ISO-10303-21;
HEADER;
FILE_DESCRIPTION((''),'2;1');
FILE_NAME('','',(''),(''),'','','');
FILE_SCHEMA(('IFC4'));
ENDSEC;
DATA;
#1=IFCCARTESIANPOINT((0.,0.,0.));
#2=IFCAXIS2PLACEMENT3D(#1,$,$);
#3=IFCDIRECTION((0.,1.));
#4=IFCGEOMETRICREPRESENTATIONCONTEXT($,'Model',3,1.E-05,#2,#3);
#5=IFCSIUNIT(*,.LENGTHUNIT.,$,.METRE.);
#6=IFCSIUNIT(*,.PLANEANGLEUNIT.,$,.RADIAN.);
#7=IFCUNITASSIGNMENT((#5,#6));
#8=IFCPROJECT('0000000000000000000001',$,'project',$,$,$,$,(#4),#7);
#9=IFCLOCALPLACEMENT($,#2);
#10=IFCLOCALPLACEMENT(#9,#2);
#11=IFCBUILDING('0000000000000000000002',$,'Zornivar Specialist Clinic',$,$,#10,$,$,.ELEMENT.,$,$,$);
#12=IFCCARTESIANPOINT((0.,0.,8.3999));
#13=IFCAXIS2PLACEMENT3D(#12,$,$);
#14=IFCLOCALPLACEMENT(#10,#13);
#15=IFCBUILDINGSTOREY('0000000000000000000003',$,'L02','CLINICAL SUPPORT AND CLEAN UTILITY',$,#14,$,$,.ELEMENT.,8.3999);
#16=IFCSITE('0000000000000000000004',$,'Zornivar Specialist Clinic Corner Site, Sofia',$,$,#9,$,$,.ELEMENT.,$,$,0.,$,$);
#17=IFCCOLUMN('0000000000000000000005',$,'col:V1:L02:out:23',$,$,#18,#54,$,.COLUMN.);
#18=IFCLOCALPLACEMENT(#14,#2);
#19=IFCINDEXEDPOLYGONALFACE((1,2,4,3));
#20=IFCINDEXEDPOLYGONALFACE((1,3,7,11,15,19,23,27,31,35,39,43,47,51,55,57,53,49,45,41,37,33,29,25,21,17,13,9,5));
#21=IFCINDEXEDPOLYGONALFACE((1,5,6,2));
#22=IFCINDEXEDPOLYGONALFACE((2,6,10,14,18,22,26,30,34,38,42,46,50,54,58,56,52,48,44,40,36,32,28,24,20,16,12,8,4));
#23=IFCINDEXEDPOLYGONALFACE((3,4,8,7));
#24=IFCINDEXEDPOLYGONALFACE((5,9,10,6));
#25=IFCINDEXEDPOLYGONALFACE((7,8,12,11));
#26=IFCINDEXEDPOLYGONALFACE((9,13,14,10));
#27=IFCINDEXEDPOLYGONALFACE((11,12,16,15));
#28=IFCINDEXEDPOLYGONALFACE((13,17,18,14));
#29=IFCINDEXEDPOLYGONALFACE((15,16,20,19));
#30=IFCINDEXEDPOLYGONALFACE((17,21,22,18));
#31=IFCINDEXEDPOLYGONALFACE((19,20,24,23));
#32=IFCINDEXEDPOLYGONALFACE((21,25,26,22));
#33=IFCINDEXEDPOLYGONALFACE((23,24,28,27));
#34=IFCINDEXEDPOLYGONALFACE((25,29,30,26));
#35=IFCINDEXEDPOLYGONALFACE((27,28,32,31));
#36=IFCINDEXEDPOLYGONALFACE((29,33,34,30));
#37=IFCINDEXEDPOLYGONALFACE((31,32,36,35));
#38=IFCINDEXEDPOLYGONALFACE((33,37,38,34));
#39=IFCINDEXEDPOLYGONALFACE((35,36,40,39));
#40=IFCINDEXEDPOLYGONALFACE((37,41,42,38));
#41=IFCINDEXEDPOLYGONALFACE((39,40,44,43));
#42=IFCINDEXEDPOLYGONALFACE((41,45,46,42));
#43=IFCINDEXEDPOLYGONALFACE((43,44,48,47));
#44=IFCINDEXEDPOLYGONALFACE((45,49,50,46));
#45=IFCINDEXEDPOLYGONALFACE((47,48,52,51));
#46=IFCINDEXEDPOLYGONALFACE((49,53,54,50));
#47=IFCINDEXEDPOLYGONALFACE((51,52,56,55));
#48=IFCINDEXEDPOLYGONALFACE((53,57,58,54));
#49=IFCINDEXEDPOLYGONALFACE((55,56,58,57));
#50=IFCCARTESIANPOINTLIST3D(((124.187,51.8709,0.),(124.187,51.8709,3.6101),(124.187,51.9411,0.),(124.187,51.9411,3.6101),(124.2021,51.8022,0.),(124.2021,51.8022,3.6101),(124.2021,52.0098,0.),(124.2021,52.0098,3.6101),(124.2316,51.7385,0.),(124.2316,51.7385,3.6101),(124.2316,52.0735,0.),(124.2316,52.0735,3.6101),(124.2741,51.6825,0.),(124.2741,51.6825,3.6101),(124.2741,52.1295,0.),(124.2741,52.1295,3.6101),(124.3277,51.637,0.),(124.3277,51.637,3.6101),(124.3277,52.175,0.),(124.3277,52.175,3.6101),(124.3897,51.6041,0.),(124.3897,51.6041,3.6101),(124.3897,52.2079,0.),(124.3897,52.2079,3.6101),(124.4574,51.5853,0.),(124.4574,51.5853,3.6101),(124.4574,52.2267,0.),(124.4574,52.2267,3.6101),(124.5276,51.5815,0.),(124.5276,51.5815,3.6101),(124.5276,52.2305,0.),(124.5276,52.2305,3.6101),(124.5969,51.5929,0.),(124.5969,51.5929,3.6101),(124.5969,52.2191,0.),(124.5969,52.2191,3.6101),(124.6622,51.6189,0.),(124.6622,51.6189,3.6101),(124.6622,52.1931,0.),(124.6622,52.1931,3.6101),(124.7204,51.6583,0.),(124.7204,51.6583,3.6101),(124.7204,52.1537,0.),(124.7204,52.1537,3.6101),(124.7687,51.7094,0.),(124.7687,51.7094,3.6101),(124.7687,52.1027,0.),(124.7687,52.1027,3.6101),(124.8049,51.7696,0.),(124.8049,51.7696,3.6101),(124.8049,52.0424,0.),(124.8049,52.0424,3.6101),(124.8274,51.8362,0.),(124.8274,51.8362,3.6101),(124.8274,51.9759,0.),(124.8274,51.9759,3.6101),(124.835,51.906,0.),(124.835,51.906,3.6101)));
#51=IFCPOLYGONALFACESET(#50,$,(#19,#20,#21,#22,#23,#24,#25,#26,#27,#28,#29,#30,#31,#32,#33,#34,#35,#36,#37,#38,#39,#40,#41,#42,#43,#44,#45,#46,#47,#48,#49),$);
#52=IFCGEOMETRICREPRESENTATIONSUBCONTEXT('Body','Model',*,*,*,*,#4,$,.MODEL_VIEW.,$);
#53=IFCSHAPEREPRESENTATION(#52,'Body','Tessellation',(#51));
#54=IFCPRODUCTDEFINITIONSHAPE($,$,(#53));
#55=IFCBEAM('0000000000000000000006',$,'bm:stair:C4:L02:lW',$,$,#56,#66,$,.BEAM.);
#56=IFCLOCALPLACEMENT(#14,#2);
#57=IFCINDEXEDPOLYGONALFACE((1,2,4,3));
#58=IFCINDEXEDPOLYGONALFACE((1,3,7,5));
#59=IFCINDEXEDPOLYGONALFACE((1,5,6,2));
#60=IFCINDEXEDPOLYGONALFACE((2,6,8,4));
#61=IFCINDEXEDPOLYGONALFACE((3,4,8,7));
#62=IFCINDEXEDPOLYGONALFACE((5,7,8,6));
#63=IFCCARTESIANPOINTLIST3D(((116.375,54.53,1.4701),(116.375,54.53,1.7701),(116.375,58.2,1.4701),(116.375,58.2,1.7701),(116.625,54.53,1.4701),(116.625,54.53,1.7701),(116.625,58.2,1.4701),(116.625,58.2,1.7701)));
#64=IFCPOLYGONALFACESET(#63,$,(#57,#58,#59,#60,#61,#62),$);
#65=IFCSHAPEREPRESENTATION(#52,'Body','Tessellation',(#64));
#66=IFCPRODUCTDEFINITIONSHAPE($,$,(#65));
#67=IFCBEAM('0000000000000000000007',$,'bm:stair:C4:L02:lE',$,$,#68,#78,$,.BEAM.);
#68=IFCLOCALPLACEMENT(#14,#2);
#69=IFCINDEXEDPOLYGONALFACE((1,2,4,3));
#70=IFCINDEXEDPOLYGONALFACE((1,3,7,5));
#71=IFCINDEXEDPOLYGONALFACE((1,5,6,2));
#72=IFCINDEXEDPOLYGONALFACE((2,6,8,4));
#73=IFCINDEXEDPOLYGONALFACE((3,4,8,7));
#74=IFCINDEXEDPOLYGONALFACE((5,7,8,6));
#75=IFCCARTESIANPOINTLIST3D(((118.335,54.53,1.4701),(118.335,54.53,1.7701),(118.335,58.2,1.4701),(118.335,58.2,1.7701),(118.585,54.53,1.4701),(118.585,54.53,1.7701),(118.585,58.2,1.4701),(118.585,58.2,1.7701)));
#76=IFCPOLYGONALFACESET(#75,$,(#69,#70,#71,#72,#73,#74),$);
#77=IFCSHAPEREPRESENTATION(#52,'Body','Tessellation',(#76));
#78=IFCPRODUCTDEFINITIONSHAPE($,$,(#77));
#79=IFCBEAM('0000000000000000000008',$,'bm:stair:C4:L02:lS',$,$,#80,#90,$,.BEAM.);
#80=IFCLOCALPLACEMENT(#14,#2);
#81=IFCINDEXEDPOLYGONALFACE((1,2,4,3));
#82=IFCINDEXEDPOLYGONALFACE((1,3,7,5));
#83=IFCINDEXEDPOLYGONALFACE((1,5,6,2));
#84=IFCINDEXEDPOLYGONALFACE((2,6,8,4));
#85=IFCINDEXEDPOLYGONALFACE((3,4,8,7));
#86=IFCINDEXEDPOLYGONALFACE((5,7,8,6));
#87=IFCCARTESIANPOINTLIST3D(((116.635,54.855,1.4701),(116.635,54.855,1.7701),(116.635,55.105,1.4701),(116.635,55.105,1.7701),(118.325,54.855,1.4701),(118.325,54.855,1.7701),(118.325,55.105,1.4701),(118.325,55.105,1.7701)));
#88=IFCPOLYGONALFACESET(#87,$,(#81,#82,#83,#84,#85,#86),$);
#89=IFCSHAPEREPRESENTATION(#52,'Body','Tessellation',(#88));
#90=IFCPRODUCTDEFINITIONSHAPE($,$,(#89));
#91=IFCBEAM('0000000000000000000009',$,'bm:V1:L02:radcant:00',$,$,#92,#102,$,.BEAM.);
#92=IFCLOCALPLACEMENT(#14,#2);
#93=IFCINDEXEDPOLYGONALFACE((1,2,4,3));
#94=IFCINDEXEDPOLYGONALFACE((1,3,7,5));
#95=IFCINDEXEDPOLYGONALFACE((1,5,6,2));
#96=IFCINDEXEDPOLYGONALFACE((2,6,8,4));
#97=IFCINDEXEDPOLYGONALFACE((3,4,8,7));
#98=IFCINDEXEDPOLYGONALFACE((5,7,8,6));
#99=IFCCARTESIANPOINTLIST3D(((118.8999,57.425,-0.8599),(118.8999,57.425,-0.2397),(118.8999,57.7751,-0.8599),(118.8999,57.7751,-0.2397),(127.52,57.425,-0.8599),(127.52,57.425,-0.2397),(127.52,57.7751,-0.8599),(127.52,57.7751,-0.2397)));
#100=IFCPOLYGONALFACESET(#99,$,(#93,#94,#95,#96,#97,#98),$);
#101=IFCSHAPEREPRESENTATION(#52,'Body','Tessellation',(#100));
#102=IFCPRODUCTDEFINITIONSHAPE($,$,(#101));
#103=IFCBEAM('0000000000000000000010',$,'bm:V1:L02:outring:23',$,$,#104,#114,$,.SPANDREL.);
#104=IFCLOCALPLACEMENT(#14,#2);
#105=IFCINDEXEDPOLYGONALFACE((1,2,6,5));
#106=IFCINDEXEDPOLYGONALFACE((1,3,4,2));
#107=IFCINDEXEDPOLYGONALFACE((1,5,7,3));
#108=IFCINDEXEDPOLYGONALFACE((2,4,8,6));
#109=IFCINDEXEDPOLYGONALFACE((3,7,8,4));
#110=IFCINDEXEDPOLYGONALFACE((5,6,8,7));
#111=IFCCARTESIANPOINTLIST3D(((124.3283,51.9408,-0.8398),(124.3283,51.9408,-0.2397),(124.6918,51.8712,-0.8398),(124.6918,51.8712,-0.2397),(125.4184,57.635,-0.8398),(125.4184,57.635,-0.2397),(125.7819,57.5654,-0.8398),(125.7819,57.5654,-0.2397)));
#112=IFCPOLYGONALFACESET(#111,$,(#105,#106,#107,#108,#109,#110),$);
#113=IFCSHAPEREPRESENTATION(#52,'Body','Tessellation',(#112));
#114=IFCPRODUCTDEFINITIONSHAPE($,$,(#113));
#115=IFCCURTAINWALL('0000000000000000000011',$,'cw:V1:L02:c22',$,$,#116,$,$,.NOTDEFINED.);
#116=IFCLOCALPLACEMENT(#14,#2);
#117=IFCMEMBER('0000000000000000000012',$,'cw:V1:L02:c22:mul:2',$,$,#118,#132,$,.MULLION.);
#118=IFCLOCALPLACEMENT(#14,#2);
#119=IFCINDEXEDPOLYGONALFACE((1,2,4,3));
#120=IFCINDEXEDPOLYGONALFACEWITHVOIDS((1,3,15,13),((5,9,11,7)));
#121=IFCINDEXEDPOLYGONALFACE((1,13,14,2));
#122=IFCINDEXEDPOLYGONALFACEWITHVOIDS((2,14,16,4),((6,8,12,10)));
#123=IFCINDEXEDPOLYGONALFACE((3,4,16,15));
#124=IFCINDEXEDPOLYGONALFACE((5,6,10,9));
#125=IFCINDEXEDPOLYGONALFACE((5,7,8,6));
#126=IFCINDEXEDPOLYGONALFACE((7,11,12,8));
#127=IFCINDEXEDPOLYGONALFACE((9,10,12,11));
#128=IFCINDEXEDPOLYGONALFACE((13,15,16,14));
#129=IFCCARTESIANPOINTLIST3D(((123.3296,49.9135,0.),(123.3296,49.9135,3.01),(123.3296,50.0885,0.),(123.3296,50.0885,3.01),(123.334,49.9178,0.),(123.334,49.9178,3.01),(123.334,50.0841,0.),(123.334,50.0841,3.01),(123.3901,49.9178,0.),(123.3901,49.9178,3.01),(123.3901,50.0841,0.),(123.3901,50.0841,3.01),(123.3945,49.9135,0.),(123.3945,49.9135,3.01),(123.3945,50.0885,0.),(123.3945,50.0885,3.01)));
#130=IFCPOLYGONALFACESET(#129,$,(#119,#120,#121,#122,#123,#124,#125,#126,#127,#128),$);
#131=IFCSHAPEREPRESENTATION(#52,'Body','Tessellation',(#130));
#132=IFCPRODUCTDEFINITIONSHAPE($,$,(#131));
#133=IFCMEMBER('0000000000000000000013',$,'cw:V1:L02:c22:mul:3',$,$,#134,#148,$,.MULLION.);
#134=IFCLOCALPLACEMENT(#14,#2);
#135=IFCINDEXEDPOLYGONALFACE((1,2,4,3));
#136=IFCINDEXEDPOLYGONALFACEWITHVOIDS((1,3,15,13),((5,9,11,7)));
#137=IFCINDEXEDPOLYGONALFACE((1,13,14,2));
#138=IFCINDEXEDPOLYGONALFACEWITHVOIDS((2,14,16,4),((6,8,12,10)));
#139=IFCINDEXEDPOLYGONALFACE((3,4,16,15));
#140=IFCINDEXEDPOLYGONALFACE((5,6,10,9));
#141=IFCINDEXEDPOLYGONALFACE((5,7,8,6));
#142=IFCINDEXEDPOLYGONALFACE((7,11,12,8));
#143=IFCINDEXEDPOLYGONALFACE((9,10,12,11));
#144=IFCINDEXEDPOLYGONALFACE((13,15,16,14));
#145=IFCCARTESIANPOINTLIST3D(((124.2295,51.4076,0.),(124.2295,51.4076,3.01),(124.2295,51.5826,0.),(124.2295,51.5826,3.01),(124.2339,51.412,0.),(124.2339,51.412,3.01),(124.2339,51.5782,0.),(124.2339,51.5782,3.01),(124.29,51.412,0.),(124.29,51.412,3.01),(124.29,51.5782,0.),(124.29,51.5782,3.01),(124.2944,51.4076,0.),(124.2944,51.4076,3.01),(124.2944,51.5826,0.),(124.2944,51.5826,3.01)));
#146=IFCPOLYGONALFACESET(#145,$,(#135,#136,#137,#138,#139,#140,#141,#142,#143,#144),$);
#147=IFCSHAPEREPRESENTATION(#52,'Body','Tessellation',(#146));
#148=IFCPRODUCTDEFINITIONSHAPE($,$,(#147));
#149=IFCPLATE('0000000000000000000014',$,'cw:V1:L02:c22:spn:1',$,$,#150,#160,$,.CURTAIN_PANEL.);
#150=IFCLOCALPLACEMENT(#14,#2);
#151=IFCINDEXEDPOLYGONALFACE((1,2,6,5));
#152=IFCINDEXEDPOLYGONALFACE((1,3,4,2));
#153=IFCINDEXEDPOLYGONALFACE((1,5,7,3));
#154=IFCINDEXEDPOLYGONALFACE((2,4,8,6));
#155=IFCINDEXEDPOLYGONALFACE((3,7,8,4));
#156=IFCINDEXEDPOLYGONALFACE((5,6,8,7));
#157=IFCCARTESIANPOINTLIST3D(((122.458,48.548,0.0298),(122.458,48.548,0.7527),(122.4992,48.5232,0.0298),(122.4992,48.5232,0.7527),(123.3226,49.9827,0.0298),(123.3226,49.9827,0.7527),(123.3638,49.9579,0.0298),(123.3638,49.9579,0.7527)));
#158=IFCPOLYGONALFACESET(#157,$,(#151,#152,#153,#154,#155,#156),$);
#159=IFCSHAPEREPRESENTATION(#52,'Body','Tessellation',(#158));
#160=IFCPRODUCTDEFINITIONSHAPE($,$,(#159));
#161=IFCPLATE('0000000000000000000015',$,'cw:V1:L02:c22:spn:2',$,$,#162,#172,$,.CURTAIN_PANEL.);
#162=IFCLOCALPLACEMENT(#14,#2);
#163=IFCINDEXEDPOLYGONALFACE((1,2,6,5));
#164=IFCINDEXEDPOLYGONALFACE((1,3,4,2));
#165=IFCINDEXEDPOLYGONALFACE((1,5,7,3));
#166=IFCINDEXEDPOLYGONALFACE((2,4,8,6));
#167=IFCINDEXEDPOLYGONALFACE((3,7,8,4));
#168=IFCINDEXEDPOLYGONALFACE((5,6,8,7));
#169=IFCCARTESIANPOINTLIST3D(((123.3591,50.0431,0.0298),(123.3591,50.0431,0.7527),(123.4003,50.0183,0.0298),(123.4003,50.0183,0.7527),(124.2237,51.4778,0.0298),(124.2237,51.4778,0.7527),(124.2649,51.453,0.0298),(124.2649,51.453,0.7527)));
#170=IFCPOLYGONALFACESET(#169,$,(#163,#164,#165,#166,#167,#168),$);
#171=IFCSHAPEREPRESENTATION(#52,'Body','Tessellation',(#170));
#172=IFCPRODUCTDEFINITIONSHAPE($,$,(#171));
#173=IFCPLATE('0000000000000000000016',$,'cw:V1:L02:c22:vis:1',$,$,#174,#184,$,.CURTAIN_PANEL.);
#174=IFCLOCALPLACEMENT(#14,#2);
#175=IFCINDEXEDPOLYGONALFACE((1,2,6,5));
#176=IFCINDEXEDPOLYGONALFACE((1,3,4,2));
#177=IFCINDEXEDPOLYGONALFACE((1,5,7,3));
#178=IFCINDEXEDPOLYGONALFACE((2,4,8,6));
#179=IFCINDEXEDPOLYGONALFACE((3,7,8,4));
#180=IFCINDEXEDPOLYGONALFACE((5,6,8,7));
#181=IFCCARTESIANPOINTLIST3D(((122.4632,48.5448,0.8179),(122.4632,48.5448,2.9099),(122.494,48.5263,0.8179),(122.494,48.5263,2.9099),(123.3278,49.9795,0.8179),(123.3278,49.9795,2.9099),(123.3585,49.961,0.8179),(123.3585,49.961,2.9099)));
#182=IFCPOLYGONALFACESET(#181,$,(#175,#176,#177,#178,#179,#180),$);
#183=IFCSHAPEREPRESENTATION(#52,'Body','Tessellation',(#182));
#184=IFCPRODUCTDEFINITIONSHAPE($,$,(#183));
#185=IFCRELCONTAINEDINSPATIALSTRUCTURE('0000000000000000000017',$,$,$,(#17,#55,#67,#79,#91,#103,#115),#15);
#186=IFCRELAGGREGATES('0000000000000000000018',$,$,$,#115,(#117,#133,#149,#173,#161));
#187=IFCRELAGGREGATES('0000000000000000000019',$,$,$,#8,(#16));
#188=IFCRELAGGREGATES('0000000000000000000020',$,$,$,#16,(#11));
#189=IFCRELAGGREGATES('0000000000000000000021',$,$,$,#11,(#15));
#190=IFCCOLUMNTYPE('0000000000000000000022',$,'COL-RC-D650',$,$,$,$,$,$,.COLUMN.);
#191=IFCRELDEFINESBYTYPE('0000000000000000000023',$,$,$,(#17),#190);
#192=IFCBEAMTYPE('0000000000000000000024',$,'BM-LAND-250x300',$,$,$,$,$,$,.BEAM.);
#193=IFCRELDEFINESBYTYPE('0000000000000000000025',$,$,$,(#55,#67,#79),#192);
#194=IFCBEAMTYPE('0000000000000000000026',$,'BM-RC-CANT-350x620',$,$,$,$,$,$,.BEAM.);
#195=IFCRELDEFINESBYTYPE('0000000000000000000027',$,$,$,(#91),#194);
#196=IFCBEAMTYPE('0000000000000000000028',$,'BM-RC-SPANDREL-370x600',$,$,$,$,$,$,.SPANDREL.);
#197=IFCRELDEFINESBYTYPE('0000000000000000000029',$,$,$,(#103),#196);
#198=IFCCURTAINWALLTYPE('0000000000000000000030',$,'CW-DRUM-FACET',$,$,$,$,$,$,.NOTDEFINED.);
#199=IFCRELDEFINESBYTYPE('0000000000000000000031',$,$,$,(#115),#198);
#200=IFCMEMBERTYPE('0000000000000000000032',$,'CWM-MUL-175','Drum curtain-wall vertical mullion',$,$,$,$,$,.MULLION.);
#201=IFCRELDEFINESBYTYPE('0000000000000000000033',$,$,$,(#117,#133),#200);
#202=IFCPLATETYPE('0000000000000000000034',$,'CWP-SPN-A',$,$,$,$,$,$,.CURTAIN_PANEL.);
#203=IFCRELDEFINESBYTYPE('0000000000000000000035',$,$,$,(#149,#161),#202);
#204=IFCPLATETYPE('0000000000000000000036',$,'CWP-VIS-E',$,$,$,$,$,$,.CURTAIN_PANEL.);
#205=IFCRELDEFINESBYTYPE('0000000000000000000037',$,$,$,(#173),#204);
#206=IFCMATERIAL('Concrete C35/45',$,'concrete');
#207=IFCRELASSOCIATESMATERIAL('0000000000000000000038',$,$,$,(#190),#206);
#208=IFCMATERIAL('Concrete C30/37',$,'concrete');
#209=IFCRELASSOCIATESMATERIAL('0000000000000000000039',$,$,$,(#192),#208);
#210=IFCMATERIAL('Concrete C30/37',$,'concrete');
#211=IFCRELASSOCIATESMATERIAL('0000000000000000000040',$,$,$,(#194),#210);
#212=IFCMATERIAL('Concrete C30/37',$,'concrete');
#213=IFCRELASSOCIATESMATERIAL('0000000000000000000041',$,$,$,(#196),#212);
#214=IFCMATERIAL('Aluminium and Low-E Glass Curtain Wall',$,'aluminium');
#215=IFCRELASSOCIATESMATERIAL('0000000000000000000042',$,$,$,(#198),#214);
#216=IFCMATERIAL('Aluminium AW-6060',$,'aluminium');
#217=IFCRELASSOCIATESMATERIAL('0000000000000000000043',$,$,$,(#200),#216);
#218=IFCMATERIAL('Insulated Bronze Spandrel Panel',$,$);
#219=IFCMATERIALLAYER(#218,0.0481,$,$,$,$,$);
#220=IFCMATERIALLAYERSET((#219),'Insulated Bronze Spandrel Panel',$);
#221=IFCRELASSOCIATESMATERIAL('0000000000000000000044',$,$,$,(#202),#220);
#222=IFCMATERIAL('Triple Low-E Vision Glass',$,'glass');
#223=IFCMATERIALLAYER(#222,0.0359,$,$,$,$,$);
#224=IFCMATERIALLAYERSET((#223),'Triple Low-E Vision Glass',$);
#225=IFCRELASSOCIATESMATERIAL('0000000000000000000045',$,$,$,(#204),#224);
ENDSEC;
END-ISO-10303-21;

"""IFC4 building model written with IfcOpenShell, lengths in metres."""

from ifc_helpers import new_model, si_unit, direction, frame, origin, origin_2d, place, context, subcontext, project, spatial, rectangle, hollow_rectangle, circle, extrude, material, layer, layer_set, material_profile, profile_set, type_object, element, aggregate, save


model = new_model("IFC4")

# Units and contexts
model_context = context("Model", 3, precision=1e-05, world=origin(), true_north=direction((0.0, 1.0)))
body_context = subcontext(model_context, "Body", "Model", "MODEL_VIEW")
ifc_project = project(units=[si_unit("LENGTHUNIT", "METRE"), si_unit("PLANEANGLEUNIT", "RADIAN")], contexts=[model_context])

# Site, building, storey
site_placement = place(None, origin())
site = spatial("IfcSite", under=ifc_project, at=site_placement, Name="Zornivar Specialist Clinic Corner Site, Sofia", CompositionType="ELEMENT", RefElevation=0.0)
building_placement = place(site_placement, origin())
building = spatial("IfcBuilding", under=site, at=building_placement, Name="Zornivar Specialist Clinic", CompositionType="ELEMENT")
storey_placement = place(building_placement, frame((0.0, 0.0, 8.3999)))
storey = spatial("IfcBuildingStorey", under=building, at=storey_placement, Name="L02", Description="CLINICAL SUPPORT AND CLEAN UTILITY", CompositionType="ELEMENT", Elevation=8.3999)

# Column
ifc_material_1 = material(Name="Concrete C35/45", Category="concrete")
ifc_material_profile_1 = material_profile(ifc_material_1, circle(Radius=0.325, at=origin_2d()), Name="RC D650")
ifc_profile_set_1 = profile_set([ifc_material_profile_1], Name="Concrete C35/45")
column_type = type_object("IfcColumnType", Name="COL-RC-D650", PredefinedType="COLUMN", material=ifc_profile_set_1)
column_placement = place(storey_placement, frame((124.51, 51.906, 0.0), z_axis=(0.0, 0.0, 1.0), x_axis=(1.0, 0.0, 0.0)))
element("IfcColumn", 1, at=column_placement, inside=storey, type_object=column_type, Name="col:V1:L02:out:23", PredefinedType="COLUMN", context=body_context, shape_type="SweptSolid", body=[
    extrude(circle(Radius=0.325, at=origin_2d()), origin(), (0.0, 0.0, 1.0), 3.6101),
])

# Beams
ifc_material_2 = material(Name="Concrete C30/37", Category="concrete")
ifc_material_profile_2 = material_profile(ifc_material_2, rectangle(XDim=0.25, YDim=0.3, at=origin_2d()), Name="RC 250x300")
ifc_profile_set_2 = profile_set([ifc_material_profile_2], Name="Concrete C30/37")
beam_type_1 = type_object("IfcBeamType", Name="BM-LAND-250x300", PredefinedType="BEAM", material=ifc_profile_set_2)
for number, where, z_axis, x_axis, name in (
    (2, (116.5, 54.53, 1.6201), (0.0, 1.0, 0.0), (-1.0, 0.0, 0.0), "bm:stair:C4:L02:lW"),
    (3, (118.46, 54.53, 1.6201), (0.0, 1.0, 0.0), (-1.0, 0.0, 0.0), "bm:stair:C4:L02:lE"),
):
    element("IfcBeam", number, at=place(storey_placement, frame(where, z_axis=z_axis, x_axis=x_axis)), inside=storey, type_object=beam_type_1, Name=name, PredefinedType="BEAM", context=body_context, shape_type="SweptSolid", body=[
        extrude(rectangle(XDim=0.25, YDim=0.3, at=origin_2d()), origin(), (0.0, 0.0, 1.0), 3.6699),
    ])
beam_1_placement = place(storey_placement, frame((116.635, 54.98, 1.6201), z_axis=(1.0, 0.0, 0.0), x_axis=(0.0, 1.0, 0.0)))
element("IfcBeam", 4, at=beam_1_placement, inside=storey, type_object=beam_type_1, Name="bm:stair:C4:L02:lS", PredefinedType="BEAM", context=body_context, shape_type="SweptSolid", body=[
    extrude(rectangle(XDim=0.25, YDim=0.3, at=origin_2d()), origin(), (0.0, 0.0, 1.0), 1.6899),
])
ifc_material_3 = material(Name="Concrete C30/37", Category="concrete")
ifc_material_profile_3 = material_profile(ifc_material_3, rectangle(XDim=0.3501, YDim=0.6201, at=origin_2d()), Name="RC 350x620")
ifc_profile_set_3 = profile_set([ifc_material_profile_3], Name="Concrete C30/37")
beam_type_2 = type_object("IfcBeamType", Name="BM-RC-CANT-350x620", PredefinedType="BEAM", material=ifc_profile_set_3)
beam_2_placement = place(storey_placement, frame((118.8999, 57.6001, -0.5498), z_axis=(1.0, 0.0, 0.0), x_axis=(0.0, 1.0, 0.0)))
element("IfcBeam", 5, at=beam_2_placement, inside=storey, type_object=beam_type_2, Name="bm:V1:L02:radcant:00", PredefinedType="BEAM", context=body_context, shape_type="SweptSolid", body=[
    extrude(rectangle(XDim=0.3501, YDim=0.6201, at=origin_2d()), origin(), (0.0, 0.0, 1.0), 8.6201),
])
ifc_material_4 = material(Name="Concrete C30/37", Category="concrete")
ifc_material_profile_4 = material_profile(ifc_material_4, rectangle(XDim=0.3701, YDim=0.6001, at=origin_2d()), Name="RC 370x600")
ifc_profile_set_4 = profile_set([ifc_material_profile_4], Name="Concrete C30/37")
beam_type_3 = type_object("IfcBeamType", Name="BM-RC-SPANDREL-370x600", PredefinedType="SPANDREL", material=ifc_profile_set_4)
beam_3_placement = place(storey_placement, frame((124.51, 51.906, -0.5398), z_axis=(0.188027, 0.982164, 0.0), x_axis=(-0.982164, 0.188027, 0.0)))
element("IfcBeam", 6, at=beam_3_placement, inside=storey, type_object=beam_type_3, Name="bm:V1:L02:outring:23", PredefinedType="SPANDREL", context=body_context, shape_type="SweptSolid", body=[
    extrude(rectangle(XDim=0.3701, YDim=0.6001, at=origin_2d()), origin(), (0.0, 0.0, 1.0), 5.7976),
])

# Curtain wall, members, plates
ifc_material_5 = material(Name="Aluminium and Low-E Glass Curtain Wall", Category="aluminium")
curtain_wall_type = type_object("IfcCurtainWallType", Name="CW-DRUM-FACET", PredefinedType="NOTDEFINED", material=ifc_material_5)
curtain_wall_placement = place(storey_placement, origin())
curtain_wall = element("IfcCurtainWall", 7, at=curtain_wall_placement, inside=storey, type_object=curtain_wall_type, Name="cw:V1:L02:c22", PredefinedType="NOTDEFINED")
ifc_material_6 = material(Name="Aluminium AW-6060", Category="aluminium")
ifc_material_profile_5 = material_profile(ifc_material_6, hollow_rectangle(XDim=0.0649, YDim=0.175, WallThickness=0.0044, at=origin_2d()), Name="ALU 65x175x4.5")
ifc_profile_set_5 = profile_set([ifc_material_profile_5], Name="Aluminium AW-6060")
member_type = type_object("IfcMemberType", Name="CWM-MUL-175", Description="Drum curtain-wall vertical mullion", PredefinedType="MULLION", material=ifc_profile_set_5)
member_1_placement = place(storey_placement, frame((123.3621, 50.001, 0.0), z_axis=(0.0, 0.0, 1.0), x_axis=(1.0, 0.0, 0.0)))
member_1 = element("IfcMember", 8, at=member_1_placement, type_object=member_type, Name="cw:V1:L02:c22:mul:2", PredefinedType="MULLION", context=body_context, shape_type="SweptSolid", body=[
    extrude(hollow_rectangle(XDim=0.0649, YDim=0.175, WallThickness=0.0044, at=origin_2d()), origin(), (0.0, 0.0, 1.0), 3.01),
])
member_2_placement = place(storey_placement, frame((124.262, 51.4951, 0.0), z_axis=(0.0, 0.0, 1.0), x_axis=(1.0, 0.0, 0.0)))
member_2 = element("IfcMember", 9, at=member_2_placement, type_object=member_type, Name="cw:V1:L02:c22:mul:3", PredefinedType="MULLION", context=body_context, shape_type="SweptSolid", body=[
    extrude(hollow_rectangle(XDim=0.0649, YDim=0.175, WallThickness=0.0044, at=origin_2d()), origin(), (0.0, 0.0, 1.0), 3.01),
])
ifc_material_7 = material(Name="Insulated Bronze Spandrel Panel")
ifc_layer_1 = layer(ifc_material_7, 0.0481)
ifc_layer_set_1 = layer_set([ifc_layer_1], Name="Insulated Bronze Spandrel Panel")
plate_type_1 = type_object("IfcPlateType", Name="CWP-SPN-A", PredefinedType="CURTAIN_PANEL", material=ifc_layer_set_1)
plate_1_placement = place(storey_placement, frame((122.9109, 49.2529, 0.0298), z_axis=(0.0, 0.0, 1.0), x_axis=(0.516127, 0.856512, 0.0)))
plate_1 = element("IfcPlate", 10, at=plate_1_placement, type_object=plate_type_1, Name="cw:V1:L02:c22:spn:1", PredefinedType="CURTAIN_PANEL", context=body_context, shape_type="SweptSolid", body=[
    extrude(rectangle(XDim=1.675, YDim=0.0481, at=origin_2d()), origin(), (0.0, 0.0, 1.0), 0.7229),
])
plate_2_placement = place(storey_placement, frame((123.812, 50.748, 0.0298), z_axis=(0.0, 0.0, 1.0), x_axis=(0.516127, 0.856512, 0.0)))
plate_2 = element("IfcPlate", 11, at=plate_2_placement, type_object=plate_type_1, Name="cw:V1:L02:c22:spn:2", PredefinedType="CURTAIN_PANEL", context=body_context, shape_type="SweptSolid", body=[
    extrude(rectangle(XDim=1.675, YDim=0.0481, at=origin_2d()), origin(), (0.0, 0.0, 1.0), 0.7229),
])
ifc_material_8 = material(Name="Triple Low-E Vision Glass", Category="glass")
ifc_layer_2 = layer(ifc_material_8, 0.0359)
ifc_layer_set_2 = layer_set([ifc_layer_2], Name="Triple Low-E Vision Glass")
plate_type_2 = type_object("IfcPlateType", Name="CWP-VIS-E", PredefinedType="CURTAIN_PANEL", material=ifc_layer_set_2)
plate_3_placement = place(storey_placement, frame((122.9109, 49.2529, 0.8179), z_axis=(0.0, 0.0, 1.0), x_axis=(0.516127, 0.856512, 0.0)))
plate_3 = element("IfcPlate", 12, at=plate_3_placement, type_object=plate_type_2, Name="cw:V1:L02:c22:vis:1", PredefinedType="CURTAIN_PANEL", context=body_context, shape_type="SweptSolid", body=[
    extrude(rectangle(XDim=1.675, YDim=0.0359, at=origin_2d()), origin(), (0.0, 0.0, 1.0), 2.092),
])
aggregate(curtain_wall, [member_1, member_2, plate_1, plate_3, plate_2])

save(model, "model.ifc")
